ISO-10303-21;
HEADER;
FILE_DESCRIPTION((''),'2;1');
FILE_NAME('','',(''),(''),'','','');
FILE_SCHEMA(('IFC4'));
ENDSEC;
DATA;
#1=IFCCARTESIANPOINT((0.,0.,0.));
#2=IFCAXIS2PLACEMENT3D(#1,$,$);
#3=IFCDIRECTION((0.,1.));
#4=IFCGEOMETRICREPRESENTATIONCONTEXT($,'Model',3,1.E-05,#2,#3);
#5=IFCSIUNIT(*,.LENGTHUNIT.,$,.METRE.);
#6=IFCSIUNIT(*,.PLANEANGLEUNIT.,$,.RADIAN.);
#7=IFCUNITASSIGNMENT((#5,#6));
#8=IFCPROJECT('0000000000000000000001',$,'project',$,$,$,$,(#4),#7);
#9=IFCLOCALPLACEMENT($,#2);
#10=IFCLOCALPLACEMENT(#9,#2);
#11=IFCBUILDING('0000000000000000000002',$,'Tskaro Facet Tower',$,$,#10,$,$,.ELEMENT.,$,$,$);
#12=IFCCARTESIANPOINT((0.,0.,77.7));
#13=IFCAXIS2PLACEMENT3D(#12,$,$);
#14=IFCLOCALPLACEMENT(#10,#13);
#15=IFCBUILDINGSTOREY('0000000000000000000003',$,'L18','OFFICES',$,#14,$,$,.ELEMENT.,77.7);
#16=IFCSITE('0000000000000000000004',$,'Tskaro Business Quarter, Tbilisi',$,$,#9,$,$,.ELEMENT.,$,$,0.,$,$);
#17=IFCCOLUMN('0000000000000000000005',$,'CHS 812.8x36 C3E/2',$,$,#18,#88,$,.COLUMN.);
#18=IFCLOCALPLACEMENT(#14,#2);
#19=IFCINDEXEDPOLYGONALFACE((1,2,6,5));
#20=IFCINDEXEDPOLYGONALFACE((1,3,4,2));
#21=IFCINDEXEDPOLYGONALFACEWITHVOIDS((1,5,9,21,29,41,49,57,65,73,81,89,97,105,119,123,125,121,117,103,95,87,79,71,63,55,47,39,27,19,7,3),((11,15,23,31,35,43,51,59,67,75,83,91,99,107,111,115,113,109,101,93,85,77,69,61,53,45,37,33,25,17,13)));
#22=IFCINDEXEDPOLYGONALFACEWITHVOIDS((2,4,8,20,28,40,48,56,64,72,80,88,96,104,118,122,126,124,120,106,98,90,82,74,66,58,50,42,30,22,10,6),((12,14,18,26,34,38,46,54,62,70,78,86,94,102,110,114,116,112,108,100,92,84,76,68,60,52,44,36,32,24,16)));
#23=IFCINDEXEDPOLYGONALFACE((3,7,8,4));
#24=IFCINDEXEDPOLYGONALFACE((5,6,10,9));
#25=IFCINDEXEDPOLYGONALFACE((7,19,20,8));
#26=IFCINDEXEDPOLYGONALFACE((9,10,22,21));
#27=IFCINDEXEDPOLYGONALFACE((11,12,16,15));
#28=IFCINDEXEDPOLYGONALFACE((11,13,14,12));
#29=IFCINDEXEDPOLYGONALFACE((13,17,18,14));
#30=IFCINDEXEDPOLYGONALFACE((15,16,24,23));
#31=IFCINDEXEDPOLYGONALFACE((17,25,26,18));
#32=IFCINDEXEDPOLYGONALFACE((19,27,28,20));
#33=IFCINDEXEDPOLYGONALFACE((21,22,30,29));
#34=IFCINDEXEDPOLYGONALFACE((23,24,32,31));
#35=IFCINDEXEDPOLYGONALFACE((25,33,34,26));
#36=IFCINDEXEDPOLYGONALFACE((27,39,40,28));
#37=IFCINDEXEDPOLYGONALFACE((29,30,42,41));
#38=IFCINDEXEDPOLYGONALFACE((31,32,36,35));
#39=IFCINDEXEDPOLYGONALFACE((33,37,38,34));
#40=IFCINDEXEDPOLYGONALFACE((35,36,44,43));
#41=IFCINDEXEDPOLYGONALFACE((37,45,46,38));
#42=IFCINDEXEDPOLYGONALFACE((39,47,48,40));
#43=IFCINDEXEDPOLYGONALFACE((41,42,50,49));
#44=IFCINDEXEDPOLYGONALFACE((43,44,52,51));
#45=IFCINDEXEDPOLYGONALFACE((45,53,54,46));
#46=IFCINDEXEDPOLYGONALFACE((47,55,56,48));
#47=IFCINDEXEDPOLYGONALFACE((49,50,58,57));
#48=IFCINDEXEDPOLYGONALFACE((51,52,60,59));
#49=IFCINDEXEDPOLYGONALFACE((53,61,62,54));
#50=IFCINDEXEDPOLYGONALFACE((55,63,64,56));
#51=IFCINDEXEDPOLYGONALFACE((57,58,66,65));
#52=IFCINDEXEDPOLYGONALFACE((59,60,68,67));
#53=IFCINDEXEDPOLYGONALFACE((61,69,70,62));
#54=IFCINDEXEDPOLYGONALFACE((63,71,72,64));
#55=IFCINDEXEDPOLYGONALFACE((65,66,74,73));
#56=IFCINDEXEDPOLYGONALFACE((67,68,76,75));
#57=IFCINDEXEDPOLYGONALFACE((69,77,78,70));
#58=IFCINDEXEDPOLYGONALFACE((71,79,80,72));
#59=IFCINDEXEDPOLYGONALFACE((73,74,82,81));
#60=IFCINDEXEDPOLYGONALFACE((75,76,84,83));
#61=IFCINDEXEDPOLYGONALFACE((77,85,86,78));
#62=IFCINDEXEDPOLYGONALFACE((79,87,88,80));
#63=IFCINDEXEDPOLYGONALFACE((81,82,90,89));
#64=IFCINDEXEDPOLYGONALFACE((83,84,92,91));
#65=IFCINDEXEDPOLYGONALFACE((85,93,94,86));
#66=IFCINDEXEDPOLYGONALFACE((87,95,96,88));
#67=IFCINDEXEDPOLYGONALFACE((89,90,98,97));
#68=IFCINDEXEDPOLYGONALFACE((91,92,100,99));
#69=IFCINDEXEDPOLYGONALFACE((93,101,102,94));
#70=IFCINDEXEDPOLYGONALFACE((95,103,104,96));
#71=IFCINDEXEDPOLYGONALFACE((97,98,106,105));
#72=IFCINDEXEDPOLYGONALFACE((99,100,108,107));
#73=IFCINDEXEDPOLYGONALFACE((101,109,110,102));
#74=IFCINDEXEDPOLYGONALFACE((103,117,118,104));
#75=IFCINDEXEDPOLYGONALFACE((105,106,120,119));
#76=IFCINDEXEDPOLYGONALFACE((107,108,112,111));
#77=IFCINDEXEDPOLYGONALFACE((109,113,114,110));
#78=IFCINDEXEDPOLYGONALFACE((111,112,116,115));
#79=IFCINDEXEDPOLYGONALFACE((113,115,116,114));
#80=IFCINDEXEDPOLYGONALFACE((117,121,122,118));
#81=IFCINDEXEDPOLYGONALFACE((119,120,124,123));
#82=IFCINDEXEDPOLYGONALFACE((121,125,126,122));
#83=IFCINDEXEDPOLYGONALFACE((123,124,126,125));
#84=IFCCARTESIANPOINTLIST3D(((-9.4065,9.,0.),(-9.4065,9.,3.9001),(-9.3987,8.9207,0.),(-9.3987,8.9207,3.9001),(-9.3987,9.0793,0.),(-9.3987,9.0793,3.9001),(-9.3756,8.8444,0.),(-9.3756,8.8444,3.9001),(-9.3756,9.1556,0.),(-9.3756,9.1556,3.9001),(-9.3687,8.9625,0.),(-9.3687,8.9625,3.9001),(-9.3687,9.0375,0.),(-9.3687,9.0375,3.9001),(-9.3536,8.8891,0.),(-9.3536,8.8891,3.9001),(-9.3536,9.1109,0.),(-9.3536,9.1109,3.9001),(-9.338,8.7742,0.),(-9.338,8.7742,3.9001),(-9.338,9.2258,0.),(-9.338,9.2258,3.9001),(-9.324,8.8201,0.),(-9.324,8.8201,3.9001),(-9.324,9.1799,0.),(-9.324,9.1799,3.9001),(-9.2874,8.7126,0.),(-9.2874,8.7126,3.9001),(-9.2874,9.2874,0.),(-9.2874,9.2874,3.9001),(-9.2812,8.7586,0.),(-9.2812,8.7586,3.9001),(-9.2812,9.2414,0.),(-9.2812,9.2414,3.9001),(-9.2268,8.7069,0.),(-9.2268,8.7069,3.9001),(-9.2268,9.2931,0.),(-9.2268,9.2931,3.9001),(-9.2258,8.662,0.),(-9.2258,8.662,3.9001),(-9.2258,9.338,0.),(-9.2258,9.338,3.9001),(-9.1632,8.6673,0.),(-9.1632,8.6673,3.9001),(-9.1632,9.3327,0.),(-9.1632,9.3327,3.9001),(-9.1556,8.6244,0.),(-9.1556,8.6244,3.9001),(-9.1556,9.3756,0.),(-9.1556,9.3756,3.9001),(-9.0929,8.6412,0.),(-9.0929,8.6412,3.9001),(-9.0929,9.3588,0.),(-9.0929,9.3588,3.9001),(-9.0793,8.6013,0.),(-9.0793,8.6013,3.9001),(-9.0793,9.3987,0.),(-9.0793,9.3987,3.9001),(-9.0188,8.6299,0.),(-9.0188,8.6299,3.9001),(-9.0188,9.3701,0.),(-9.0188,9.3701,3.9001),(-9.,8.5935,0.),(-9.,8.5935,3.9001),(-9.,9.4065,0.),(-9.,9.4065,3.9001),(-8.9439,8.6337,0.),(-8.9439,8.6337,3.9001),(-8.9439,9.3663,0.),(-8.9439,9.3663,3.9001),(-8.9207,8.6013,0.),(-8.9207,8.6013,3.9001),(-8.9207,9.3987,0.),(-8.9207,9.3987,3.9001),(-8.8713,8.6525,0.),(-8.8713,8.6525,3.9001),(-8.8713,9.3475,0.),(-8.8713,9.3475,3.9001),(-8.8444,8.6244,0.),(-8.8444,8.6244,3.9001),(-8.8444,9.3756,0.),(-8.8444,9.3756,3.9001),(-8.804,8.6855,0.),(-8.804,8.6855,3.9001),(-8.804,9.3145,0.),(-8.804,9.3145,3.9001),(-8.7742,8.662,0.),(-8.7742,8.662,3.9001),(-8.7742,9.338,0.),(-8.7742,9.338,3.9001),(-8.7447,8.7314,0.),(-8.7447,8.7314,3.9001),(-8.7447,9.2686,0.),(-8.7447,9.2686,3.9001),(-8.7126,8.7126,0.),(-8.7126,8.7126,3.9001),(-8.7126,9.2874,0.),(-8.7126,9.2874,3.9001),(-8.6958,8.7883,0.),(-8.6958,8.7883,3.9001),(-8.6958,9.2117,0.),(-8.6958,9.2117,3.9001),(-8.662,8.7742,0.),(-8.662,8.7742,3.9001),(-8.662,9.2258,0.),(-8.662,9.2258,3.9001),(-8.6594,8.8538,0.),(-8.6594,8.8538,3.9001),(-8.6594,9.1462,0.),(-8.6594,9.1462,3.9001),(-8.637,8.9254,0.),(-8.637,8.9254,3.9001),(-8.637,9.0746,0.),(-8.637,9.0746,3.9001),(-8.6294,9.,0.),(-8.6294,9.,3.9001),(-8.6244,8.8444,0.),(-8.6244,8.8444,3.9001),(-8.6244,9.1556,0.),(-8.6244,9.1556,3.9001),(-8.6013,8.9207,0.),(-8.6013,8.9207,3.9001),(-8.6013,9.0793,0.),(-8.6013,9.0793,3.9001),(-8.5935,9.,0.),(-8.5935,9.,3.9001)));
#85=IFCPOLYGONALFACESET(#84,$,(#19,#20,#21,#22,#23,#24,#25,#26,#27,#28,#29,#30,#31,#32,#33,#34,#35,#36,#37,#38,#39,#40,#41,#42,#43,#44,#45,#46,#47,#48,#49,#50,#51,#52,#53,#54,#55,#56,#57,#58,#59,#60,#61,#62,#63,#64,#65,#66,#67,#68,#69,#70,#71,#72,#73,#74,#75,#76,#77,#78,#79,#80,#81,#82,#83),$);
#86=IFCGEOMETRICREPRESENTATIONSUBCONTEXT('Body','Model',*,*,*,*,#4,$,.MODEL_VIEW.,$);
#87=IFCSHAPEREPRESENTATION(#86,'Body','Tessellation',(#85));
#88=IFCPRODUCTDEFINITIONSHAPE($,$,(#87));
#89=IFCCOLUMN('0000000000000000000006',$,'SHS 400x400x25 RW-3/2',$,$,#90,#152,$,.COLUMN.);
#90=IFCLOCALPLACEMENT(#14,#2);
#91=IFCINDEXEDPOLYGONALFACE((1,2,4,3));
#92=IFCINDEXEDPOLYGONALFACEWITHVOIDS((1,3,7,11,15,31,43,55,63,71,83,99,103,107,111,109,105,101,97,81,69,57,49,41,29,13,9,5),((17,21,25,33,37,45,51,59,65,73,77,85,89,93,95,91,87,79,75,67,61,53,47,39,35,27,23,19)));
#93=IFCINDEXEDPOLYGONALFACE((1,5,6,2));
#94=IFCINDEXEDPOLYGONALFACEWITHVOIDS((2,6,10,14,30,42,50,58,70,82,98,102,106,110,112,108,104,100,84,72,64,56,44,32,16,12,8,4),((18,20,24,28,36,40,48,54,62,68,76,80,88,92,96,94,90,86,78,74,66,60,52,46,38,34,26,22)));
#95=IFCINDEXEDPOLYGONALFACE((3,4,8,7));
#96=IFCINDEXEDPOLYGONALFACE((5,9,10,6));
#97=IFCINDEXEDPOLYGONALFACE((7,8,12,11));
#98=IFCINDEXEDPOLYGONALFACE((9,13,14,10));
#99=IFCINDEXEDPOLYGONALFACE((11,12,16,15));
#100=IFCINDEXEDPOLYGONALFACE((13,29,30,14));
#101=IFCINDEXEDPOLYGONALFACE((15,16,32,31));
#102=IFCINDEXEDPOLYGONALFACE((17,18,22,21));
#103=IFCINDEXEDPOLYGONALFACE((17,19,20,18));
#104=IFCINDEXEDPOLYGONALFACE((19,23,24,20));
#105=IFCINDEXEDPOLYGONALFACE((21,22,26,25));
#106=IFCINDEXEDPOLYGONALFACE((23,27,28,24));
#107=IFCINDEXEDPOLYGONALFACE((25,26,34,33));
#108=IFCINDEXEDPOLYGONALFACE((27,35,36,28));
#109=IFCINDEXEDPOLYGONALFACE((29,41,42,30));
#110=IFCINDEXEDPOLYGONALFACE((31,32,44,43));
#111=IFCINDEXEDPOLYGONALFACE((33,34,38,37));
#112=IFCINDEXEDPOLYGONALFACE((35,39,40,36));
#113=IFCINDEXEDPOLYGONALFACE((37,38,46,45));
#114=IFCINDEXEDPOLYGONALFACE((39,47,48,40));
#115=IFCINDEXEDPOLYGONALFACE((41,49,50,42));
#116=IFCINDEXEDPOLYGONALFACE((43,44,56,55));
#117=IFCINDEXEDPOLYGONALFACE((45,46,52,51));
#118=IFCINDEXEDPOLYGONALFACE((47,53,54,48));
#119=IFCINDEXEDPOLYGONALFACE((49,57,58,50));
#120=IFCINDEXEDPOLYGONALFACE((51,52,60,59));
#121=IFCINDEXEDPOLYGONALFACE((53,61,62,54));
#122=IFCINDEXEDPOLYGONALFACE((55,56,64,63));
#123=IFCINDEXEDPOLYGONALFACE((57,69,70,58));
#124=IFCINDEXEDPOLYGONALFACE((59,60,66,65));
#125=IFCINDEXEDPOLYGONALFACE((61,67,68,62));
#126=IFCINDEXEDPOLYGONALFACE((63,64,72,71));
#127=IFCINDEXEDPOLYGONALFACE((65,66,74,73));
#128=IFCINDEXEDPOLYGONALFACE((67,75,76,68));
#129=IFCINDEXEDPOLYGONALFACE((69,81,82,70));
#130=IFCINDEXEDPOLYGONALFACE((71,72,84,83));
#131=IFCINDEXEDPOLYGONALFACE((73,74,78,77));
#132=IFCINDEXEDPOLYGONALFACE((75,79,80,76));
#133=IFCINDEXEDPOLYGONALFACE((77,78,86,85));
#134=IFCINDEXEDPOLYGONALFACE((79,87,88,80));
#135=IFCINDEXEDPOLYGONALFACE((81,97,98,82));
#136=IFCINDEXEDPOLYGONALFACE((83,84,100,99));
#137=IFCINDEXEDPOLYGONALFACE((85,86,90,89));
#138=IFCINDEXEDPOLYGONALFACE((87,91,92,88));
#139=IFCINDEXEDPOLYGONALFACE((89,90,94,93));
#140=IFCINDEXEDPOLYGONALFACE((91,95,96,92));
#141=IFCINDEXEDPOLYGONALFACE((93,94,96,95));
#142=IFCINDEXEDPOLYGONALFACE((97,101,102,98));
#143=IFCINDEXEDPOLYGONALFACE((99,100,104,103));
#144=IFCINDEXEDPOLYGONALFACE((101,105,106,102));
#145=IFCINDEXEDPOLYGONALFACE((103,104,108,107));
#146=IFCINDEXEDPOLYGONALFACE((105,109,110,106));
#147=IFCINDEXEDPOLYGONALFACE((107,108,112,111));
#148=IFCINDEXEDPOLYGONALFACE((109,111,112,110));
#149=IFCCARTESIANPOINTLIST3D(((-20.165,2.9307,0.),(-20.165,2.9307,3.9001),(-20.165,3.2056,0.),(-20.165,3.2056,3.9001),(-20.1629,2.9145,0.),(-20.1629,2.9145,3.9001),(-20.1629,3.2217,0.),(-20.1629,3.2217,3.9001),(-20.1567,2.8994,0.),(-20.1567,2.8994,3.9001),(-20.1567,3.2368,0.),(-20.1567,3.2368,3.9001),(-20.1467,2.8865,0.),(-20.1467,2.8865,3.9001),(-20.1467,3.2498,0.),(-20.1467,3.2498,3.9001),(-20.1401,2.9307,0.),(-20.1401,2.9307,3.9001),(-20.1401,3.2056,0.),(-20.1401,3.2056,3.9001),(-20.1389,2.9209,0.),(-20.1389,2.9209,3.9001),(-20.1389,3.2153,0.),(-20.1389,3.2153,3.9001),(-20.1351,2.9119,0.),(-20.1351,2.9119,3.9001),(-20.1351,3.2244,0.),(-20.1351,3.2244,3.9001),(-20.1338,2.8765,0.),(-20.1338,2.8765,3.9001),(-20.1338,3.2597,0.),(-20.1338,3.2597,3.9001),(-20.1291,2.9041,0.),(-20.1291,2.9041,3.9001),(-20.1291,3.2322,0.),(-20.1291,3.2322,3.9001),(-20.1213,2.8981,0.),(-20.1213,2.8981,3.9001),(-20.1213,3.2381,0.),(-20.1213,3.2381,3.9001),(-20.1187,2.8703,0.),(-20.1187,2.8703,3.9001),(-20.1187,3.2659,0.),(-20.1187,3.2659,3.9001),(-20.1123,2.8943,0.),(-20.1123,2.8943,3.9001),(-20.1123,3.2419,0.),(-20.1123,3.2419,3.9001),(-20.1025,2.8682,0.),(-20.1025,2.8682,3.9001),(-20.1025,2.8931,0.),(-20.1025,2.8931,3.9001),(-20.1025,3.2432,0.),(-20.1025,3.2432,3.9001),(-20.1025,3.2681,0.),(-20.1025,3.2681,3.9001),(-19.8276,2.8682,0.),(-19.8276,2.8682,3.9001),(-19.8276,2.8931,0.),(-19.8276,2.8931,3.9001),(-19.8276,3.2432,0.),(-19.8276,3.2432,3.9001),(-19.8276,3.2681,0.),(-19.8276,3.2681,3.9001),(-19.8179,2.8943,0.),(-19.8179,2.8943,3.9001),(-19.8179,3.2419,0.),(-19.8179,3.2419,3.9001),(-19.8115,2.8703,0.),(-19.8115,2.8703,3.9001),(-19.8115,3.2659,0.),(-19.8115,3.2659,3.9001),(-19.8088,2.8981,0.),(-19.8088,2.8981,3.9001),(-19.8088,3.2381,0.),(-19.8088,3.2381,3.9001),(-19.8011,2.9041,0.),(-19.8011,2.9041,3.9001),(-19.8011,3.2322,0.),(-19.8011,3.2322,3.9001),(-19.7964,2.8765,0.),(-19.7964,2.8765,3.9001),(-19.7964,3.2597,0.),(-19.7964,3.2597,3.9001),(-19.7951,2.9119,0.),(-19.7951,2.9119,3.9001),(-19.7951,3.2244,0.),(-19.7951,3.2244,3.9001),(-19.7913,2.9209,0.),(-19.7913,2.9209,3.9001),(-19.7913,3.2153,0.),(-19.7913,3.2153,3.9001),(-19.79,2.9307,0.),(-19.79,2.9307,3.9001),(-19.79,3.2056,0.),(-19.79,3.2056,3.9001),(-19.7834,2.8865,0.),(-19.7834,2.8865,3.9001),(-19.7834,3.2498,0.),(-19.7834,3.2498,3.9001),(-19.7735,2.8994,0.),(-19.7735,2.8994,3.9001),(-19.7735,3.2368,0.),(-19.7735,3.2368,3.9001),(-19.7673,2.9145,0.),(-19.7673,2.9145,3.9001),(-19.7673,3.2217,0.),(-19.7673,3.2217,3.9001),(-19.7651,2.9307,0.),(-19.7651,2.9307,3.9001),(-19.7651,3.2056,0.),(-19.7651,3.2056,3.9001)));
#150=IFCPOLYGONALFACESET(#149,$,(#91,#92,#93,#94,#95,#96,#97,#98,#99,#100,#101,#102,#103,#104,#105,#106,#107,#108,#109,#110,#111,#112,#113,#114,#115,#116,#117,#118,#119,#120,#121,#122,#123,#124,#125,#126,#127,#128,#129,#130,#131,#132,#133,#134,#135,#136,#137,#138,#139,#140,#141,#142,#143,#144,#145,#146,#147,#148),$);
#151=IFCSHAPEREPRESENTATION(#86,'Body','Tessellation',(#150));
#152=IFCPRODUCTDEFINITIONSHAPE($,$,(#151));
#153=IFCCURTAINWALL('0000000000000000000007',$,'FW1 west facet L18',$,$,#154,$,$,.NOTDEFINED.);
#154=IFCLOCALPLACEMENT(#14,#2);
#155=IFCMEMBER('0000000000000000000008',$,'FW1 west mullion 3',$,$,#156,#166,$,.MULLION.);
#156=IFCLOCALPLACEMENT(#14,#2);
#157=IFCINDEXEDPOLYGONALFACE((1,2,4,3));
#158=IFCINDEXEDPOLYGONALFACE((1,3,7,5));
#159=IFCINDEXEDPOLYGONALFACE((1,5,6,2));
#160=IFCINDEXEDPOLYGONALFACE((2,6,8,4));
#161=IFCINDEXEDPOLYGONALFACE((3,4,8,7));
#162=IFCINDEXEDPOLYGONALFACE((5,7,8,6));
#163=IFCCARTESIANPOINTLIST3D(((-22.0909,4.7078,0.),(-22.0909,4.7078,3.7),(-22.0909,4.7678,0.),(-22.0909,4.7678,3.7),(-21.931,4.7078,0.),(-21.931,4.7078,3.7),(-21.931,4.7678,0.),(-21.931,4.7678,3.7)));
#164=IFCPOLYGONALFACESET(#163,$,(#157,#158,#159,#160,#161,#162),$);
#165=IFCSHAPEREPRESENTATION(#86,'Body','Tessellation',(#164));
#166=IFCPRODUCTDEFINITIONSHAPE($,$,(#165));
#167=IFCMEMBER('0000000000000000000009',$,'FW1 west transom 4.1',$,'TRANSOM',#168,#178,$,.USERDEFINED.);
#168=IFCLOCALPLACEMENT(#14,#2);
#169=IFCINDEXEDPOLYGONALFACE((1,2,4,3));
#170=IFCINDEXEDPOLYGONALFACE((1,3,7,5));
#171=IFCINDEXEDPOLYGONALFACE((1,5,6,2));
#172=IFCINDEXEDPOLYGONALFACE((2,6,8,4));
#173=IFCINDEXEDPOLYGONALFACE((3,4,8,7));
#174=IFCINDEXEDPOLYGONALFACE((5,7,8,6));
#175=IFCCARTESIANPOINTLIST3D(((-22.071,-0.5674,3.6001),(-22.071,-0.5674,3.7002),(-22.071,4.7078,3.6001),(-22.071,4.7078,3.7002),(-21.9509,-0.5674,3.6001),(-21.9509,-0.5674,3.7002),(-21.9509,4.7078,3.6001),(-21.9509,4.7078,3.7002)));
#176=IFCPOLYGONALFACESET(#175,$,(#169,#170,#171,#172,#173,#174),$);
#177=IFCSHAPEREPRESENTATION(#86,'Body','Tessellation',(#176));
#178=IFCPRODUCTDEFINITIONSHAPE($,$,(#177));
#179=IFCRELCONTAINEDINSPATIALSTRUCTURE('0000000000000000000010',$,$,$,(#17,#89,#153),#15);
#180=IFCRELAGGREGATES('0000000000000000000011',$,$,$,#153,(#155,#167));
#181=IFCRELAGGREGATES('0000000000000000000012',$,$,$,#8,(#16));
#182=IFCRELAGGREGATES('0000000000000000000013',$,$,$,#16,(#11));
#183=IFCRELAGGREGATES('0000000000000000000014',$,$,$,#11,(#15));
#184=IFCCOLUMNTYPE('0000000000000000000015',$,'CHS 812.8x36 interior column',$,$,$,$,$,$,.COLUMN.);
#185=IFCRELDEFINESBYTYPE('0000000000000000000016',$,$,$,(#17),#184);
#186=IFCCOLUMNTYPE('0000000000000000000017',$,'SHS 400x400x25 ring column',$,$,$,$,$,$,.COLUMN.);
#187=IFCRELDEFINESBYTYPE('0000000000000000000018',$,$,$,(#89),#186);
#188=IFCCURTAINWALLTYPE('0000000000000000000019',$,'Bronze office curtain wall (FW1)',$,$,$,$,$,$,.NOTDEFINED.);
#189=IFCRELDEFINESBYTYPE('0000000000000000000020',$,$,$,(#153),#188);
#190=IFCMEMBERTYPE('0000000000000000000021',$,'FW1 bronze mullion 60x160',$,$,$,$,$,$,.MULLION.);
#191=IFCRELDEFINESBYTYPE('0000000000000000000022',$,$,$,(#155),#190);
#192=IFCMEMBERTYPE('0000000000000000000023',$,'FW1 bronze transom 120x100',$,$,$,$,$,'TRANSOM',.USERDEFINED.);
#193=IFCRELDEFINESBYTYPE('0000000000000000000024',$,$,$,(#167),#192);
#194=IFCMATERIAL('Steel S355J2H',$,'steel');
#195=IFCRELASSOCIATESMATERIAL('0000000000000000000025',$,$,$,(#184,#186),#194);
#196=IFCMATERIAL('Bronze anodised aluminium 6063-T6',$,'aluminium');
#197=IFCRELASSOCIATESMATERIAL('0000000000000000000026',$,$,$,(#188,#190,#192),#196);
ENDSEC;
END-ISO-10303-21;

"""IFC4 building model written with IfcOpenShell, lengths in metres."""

from ifc_helpers import new_model, si_unit, direction, frame, origin, origin_2d, place, context, subcontext, project, spatial, rectangle, hollow_rectangle, hollow_circle, extrude, material, material_profile, profile_set, type_object, element, aggregate, save


model = new_model("IFC4")

# Units and contexts
model_context = context("Model", 3, precision=1e-05, world=origin(), true_north=direction((0.0, 1.0)))
body_context = subcontext(model_context, "Body", "Model", "MODEL_VIEW")
ifc_project = project(units=[si_unit("LENGTHUNIT", "METRE"), si_unit("PLANEANGLEUNIT", "RADIAN")], contexts=[model_context])

# Site, building, storey
site_placement = place(None, origin())
site = spatial("IfcSite", under=ifc_project, at=site_placement, Name="Tskaro Business Quarter, Tbilisi", CompositionType="ELEMENT", RefElevation=0.0)
building_placement = place(site_placement, origin())
building = spatial("IfcBuilding", under=site, at=building_placement, Name="Tskaro Facet Tower", CompositionType="ELEMENT")
storey_placement = place(building_placement, frame((0.0, 0.0, 77.7)))
storey = spatial("IfcBuildingStorey", under=building, at=storey_placement, Name="L18", Description="OFFICES", CompositionType="ELEMENT", Elevation=77.7)

# Columns
ifc_material_1 = material(Name="Steel S355J2H", Category="steel")
ifc_material_profile_1 = material_profile(ifc_material_1, hollow_circle(Radius=0.4065, WallThickness=0.0359, at=origin_2d()), Name="CHS 812.8x36")
ifc_profile_set_1 = profile_set([ifc_material_profile_1], Name="Steel S355J2H")
column_type_1 = type_object("IfcColumnType", Name="CHS 812.8x36 interior column", PredefinedType="COLUMN", material=ifc_profile_set_1)
column_1_placement = place(storey_placement, frame((-9.0, 9.0, 0.0), z_axis=(0.0, 0.0, 1.0), x_axis=(1.0, 0.0, 0.0)))
element("IfcColumn", 1, at=column_1_placement, inside=storey, type_object=column_type_1, Name="CHS 812.8x36 C3E/2", PredefinedType="COLUMN", context=body_context, shape_type="SweptSolid", body=[
    extrude(hollow_circle(Radius=0.4065, WallThickness=0.0359, at=origin_2d()), origin(), (0.0, 0.0, 1.0), 3.9001),
])
ifc_material_profile_2 = material_profile(ifc_material_1, hollow_rectangle(XDim=0.3999, YDim=0.3999, WallThickness=0.0249, InnerFilletRadius=0.0376, OuterFilletRadius=0.0625, at=origin_2d()), Name="SHS 400x400x25")
ifc_profile_set_2 = profile_set([ifc_material_profile_2], Name="Steel S355J2H")
column_type_2 = type_object("IfcColumnType", Name="SHS 400x400x25 ring column", PredefinedType="COLUMN", material=ifc_profile_set_2)
column_2_placement = place(storey_placement, frame((-19.9651, 3.0681, 0.0), z_axis=(0.0, 0.0, 1.0), x_axis=(1.0, 0.0, 0.0)))
element("IfcColumn", 2, at=column_2_placement, inside=storey, type_object=column_type_2, Name="SHS 400x400x25 RW-3/2", PredefinedType="COLUMN", context=body_context, shape_type="SweptSolid", body=[
    extrude(hollow_rectangle(XDim=0.3999, YDim=0.3999, WallThickness=0.0249, InnerFilletRadius=0.0376, OuterFilletRadius=0.0625, at=origin_2d()), origin(), (0.0, 0.0, 1.0), 3.9001),
])

# Curtain wall, members
ifc_material_2 = material(Name="Bronze anodised aluminium 6063-T6", Category="aluminium")
curtain_wall_type = type_object("IfcCurtainWallType", Name="Bronze office curtain wall (FW1)", PredefinedType="NOTDEFINED", material=ifc_material_2)
curtain_wall_placement = place(storey_placement, origin())
curtain_wall = element("IfcCurtainWall", 3, at=curtain_wall_placement, inside=storey, type_object=curtain_wall_type, Name="FW1 west facet L18", PredefinedType="NOTDEFINED")
ifc_material_profile_3 = material_profile(ifc_material_2, rectangle(XDim=0.0601, YDim=0.1599, at=origin_2d()), Name="Mullion 60x160")
ifc_profile_set_3 = profile_set([ifc_material_profile_3], Name="Bronze anodised aluminium 6063-T6")
member_type_1 = type_object("IfcMemberType", Name="FW1 bronze mullion 60x160", PredefinedType="MULLION", material=ifc_profile_set_3)
member_1_placement = place(storey_placement, frame((-22.011, 4.7378, 0.0), z_axis=(0.0, 0.0, 1.0), x_axis=(0.0, -1.0, 0.0)))
member_1 = element("IfcMember", 4, at=member_1_placement, type_object=member_type_1, Name="FW1 west mullion 3", PredefinedType="MULLION", context=body_context, shape_type="SweptSolid", body=[
    extrude(rectangle(XDim=0.0601, YDim=0.1599, at=origin_2d()), origin(), (0.0, 0.0, 1.0), 3.7),
])
ifc_material_profile_4 = material_profile(ifc_material_2, rectangle(XDim=0.1201, YDim=0.1001, at=origin_2d()), Name="Transom 120x100")
ifc_profile_set_4 = profile_set([ifc_material_profile_4], Name="Bronze anodised aluminium 6063-T6")
member_type_2 = type_object("IfcMemberType", Name="FW1 bronze transom 120x100", ElementType="TRANSOM", PredefinedType="USERDEFINED", material=ifc_profile_set_4)
member_2_placement = place(storey_placement, frame((-22.011, 4.7078, 3.6501), z_axis=(0.0, -1.0, 0.0), x_axis=(1.0, 0.0, 0.0)))
member_2 = element("IfcMember", 5, at=member_2_placement, type_object=member_type_2, Name="FW1 west transom 4.1", ObjectType="TRANSOM", PredefinedType="USERDEFINED", context=body_context, shape_type="SweptSolid", body=[
    extrude(rectangle(XDim=0.1201, YDim=0.1001, at=origin_2d()), origin(), (0.0, 0.0, 1.0), 5.2751),
])

aggregate(curtain_wall, [member_1, member_2])

save(model, "model.ifc")
